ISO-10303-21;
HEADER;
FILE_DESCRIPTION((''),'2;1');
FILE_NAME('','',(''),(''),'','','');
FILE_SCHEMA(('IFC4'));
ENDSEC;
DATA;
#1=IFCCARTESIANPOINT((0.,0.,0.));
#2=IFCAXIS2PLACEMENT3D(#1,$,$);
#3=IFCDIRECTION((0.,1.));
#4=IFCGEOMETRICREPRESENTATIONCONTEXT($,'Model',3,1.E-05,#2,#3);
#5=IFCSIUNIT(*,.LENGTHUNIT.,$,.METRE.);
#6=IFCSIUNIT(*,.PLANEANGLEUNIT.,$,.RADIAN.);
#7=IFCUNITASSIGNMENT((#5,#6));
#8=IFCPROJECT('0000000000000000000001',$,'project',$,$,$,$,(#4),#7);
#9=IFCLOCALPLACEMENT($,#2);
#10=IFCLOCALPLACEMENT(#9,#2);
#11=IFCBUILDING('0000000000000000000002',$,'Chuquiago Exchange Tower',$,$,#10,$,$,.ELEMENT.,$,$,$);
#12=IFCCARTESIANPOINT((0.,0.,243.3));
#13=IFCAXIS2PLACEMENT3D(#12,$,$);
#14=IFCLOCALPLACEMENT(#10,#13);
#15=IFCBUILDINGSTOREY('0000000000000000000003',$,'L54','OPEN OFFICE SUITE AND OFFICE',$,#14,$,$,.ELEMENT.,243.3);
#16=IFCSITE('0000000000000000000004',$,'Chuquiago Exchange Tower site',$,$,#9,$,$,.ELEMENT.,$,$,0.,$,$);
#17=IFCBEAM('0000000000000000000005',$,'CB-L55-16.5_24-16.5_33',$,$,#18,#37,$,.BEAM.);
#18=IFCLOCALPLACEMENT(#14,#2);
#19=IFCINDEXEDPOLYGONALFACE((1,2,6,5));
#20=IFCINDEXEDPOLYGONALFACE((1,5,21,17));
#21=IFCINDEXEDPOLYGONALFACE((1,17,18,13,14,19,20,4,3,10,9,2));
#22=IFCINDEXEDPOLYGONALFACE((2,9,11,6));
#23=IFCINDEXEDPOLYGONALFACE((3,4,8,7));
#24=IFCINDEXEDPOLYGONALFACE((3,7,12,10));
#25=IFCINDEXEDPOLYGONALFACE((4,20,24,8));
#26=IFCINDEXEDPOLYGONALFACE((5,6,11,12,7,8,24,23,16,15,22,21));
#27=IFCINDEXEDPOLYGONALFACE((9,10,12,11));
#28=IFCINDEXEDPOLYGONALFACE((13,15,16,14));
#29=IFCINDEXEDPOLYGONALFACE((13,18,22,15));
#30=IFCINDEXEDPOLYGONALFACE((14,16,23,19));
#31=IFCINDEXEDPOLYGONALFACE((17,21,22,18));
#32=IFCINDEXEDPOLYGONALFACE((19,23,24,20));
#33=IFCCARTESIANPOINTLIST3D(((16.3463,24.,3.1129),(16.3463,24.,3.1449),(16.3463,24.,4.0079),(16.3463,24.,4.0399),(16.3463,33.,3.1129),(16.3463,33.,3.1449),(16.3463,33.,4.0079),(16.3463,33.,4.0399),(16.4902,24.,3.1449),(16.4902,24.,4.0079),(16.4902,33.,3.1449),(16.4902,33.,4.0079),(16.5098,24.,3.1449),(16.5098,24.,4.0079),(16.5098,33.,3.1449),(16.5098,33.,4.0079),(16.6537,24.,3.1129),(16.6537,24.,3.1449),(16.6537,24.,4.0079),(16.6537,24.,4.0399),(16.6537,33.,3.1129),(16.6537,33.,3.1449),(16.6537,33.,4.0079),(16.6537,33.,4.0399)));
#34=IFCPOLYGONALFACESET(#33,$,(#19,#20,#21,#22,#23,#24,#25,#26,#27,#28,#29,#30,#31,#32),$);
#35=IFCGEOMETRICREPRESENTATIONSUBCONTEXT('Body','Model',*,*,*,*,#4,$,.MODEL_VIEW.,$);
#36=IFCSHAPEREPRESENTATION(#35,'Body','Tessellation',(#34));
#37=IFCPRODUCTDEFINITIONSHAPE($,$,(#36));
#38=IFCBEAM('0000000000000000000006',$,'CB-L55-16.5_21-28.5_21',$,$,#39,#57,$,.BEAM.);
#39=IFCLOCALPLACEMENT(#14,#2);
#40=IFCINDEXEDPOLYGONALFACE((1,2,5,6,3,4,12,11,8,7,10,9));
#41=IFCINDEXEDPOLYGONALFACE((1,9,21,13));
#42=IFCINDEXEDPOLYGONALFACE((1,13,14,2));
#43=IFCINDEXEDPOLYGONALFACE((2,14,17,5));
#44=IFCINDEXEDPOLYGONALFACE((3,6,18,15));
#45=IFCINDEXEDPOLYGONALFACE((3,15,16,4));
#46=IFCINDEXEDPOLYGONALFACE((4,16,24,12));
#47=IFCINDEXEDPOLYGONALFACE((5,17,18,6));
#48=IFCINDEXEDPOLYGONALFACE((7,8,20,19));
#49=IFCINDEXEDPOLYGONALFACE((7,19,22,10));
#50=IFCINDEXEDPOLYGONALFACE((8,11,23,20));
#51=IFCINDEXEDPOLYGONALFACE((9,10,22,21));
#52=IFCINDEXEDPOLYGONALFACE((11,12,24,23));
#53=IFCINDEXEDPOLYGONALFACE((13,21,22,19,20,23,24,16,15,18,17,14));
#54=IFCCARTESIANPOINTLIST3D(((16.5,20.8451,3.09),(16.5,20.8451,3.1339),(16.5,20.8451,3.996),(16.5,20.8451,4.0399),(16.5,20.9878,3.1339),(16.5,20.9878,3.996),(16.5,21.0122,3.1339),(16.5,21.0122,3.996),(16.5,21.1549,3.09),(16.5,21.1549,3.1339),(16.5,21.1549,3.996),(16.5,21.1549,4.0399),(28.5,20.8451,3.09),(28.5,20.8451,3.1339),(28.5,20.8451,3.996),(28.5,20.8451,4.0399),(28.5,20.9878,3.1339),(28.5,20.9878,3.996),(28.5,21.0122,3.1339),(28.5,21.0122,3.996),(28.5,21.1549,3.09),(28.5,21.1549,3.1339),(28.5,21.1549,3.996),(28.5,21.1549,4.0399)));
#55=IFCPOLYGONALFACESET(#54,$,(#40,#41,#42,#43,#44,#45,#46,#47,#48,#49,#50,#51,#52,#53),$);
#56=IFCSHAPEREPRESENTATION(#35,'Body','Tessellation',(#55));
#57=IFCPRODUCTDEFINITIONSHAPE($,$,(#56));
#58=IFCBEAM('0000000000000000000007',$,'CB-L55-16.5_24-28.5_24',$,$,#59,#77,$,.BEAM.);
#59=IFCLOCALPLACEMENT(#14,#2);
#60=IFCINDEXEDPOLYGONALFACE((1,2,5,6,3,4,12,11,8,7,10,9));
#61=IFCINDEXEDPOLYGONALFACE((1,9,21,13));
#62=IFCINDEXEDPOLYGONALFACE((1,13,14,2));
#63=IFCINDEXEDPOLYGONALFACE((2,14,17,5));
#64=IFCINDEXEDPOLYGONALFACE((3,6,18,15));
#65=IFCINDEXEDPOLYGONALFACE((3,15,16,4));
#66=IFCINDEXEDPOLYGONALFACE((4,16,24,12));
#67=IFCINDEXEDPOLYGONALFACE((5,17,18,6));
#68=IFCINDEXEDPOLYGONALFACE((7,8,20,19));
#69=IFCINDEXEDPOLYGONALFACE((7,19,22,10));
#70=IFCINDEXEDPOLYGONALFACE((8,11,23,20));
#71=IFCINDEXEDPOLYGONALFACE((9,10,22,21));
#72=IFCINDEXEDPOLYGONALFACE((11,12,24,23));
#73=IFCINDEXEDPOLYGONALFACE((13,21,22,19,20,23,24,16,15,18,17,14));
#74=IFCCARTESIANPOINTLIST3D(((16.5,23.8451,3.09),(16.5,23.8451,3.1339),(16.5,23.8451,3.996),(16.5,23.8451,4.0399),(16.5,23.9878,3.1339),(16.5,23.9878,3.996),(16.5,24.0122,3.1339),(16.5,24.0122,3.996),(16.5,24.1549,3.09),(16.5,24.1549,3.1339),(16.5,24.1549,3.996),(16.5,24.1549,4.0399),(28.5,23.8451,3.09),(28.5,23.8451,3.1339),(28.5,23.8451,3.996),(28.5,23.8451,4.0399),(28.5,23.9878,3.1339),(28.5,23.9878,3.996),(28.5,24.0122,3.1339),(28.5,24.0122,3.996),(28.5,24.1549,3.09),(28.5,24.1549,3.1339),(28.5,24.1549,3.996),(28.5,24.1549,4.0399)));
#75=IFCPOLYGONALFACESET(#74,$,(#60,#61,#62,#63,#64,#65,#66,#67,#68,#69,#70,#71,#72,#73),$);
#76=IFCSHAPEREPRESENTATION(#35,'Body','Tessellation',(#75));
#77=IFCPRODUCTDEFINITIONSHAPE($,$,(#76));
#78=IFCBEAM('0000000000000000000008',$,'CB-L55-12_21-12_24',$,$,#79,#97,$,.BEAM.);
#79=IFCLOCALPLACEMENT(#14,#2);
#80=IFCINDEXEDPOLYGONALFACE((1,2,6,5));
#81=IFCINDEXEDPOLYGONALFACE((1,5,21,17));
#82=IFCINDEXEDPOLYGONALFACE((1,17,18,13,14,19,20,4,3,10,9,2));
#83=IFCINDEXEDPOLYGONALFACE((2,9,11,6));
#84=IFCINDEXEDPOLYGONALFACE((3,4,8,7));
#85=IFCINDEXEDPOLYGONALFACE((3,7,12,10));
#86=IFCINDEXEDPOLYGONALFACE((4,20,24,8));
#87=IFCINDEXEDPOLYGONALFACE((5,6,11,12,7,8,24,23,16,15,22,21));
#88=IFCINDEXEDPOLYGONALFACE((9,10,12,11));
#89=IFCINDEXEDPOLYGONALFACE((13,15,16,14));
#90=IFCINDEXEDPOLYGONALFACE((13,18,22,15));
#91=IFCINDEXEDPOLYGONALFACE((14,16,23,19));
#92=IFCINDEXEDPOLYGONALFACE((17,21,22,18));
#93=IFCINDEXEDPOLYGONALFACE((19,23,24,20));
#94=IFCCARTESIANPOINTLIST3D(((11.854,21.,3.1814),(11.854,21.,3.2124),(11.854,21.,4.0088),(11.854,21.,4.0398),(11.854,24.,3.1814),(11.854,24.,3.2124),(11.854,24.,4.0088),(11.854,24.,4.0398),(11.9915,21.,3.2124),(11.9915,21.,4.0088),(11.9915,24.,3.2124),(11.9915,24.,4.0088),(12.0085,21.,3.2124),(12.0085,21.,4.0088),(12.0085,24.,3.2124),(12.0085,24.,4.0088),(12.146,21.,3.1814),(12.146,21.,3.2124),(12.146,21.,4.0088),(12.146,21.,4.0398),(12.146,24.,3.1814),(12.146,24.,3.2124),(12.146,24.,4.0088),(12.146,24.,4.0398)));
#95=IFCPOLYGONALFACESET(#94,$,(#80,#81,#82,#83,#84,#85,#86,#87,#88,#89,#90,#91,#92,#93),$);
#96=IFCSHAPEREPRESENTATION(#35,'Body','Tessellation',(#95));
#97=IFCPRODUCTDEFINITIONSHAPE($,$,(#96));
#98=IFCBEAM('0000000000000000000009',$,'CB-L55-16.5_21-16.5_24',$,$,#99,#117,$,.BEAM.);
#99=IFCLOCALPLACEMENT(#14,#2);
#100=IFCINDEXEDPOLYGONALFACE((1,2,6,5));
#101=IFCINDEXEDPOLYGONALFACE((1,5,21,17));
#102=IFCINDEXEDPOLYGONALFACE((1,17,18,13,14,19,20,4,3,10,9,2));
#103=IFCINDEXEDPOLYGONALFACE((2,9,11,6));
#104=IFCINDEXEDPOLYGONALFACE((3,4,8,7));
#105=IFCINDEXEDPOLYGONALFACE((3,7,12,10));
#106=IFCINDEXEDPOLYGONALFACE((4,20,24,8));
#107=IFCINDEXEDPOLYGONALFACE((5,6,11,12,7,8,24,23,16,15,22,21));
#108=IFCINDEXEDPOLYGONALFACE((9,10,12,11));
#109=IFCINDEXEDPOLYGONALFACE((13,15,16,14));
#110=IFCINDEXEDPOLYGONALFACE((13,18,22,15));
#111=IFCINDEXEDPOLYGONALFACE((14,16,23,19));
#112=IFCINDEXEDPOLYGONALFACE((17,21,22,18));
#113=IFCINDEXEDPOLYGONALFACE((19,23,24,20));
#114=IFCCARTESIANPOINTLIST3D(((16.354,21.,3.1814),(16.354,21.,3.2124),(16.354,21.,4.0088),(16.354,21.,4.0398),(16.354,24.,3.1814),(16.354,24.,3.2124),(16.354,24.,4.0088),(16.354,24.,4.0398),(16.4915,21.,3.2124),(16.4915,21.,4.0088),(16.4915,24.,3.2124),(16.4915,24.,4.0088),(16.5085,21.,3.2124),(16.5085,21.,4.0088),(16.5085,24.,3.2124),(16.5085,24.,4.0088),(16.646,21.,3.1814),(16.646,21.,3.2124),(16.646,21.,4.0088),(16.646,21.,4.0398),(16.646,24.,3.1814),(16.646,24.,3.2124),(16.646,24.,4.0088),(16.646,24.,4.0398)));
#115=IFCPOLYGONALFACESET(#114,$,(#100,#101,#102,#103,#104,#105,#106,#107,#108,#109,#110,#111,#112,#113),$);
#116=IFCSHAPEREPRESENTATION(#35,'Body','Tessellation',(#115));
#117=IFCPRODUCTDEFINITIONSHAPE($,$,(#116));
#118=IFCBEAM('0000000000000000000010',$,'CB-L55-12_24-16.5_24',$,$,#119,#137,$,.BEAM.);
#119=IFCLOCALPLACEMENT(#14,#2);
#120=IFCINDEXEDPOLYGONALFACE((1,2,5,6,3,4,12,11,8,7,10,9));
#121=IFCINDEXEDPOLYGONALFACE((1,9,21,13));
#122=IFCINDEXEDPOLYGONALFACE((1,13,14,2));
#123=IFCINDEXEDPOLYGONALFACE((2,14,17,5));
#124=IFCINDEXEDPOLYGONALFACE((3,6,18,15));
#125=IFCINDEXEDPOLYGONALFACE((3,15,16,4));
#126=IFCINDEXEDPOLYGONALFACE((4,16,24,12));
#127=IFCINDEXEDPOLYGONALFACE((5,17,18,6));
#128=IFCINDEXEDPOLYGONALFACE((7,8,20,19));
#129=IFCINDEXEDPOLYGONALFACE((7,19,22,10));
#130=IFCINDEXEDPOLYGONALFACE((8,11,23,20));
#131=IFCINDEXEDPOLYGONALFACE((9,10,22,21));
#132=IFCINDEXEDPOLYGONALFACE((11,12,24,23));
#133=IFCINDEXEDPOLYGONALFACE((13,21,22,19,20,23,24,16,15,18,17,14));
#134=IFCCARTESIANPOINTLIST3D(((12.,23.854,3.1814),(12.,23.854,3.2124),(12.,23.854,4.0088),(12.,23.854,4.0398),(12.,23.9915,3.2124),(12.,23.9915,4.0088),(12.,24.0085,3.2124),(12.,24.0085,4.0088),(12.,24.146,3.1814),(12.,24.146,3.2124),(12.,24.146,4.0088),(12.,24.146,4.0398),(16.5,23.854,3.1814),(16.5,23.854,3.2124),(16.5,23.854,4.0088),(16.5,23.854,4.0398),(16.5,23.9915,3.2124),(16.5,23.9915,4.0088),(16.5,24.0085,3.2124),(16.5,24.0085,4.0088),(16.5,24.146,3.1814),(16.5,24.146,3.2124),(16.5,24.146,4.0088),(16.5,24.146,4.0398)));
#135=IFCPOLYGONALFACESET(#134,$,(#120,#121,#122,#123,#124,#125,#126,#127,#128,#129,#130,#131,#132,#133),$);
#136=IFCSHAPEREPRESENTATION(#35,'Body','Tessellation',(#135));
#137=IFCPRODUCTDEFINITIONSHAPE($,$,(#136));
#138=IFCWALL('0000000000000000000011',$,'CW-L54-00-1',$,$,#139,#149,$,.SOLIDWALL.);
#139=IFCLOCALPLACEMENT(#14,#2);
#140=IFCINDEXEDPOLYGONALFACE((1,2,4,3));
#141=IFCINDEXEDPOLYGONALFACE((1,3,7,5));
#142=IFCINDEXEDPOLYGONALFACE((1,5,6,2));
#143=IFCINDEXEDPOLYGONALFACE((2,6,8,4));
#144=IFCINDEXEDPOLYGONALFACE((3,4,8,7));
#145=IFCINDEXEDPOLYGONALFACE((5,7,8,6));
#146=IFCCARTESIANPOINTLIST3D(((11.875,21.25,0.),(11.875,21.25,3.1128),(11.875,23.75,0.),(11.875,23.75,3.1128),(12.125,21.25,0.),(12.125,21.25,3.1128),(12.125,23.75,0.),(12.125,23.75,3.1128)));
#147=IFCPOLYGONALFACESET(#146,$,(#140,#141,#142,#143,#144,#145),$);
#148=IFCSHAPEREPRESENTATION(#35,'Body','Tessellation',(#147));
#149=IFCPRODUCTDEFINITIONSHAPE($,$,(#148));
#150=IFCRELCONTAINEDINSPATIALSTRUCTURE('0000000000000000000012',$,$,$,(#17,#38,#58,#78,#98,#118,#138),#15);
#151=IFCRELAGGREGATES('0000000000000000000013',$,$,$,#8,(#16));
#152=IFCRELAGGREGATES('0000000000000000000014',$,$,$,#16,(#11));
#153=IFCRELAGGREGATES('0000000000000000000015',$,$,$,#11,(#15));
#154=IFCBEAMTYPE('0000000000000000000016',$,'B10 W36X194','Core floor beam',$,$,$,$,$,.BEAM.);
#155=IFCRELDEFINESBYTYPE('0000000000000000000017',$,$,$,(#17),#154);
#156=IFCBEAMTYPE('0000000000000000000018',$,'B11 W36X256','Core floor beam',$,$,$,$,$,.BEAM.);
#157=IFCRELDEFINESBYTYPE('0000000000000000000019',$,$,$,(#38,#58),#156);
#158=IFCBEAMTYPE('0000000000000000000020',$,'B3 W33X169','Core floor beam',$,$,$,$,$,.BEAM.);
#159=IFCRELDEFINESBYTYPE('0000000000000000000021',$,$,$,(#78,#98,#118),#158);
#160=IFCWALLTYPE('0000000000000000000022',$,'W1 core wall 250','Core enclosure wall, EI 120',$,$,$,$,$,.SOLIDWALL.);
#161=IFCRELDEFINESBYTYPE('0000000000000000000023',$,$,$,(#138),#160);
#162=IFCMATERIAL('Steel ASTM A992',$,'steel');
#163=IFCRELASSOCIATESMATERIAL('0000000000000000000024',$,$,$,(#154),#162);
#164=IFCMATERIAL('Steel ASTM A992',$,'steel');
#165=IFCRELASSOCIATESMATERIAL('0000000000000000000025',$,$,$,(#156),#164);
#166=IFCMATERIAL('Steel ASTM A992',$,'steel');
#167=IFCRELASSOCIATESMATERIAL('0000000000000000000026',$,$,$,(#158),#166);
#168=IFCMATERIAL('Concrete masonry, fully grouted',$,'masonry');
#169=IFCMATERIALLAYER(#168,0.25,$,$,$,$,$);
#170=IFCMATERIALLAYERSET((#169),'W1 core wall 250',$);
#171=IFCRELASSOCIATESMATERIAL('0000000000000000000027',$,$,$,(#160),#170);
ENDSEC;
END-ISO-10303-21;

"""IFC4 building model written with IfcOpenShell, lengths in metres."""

from ifc_helpers import new_model, si_unit, direction, frame, frame_2d, origin, origin_2d, place, context, subcontext, project, spatial, rectangle, i_section, extrude, material, layer, layer_set, material_profile, profile_set, type_object, element, save


model = new_model("IFC4")

# Units and contexts
model_context = context("Model", 3, precision=1e-05, world=origin(), true_north=direction((0.0, 1.0)))
body_context = subcontext(model_context, "Body", "Model", "MODEL_VIEW")
ifc_project = project(units=[si_unit("LENGTHUNIT", "METRE"), si_unit("PLANEANGLEUNIT", "RADIAN")], contexts=[model_context])

# Site, building, storey
site_placement = place(None, origin())
site = spatial("IfcSite", under=ifc_project, at=site_placement, Name="Chuquiago Exchange Tower site", CompositionType="ELEMENT", RefElevation=0.0)
building_placement = place(site_placement, origin())
building = spatial("IfcBuilding", under=site, at=building_placement, Name="Chuquiago Exchange Tower", CompositionType="ELEMENT")
storey_placement = place(building_placement, frame((0.0, 0.0, 243.3)))
storey = spatial("IfcBuildingStorey", under=building, at=storey_placement, Name="L54", Description="OPEN OFFICE SUITE AND OFFICE", CompositionType="ELEMENT", Elevation=243.3)

# Beams
ifc_material_1 = material(Name="Steel ASTM A992", Category="steel")
ifc_material_profile_1 = material_profile(ifc_material_1, i_section(OverallWidth=0.3074, OverallDepth=0.927, WebThickness=0.0195, FlangeThickness=0.032, at=origin_2d()), Name="W36X194")
ifc_profile_set_1 = profile_set([ifc_material_profile_1], Name="Steel ASTM A992")
beam_type_1 = type_object("IfcBeamType", Name="B10 W36X194", Description="Core floor beam", PredefinedType="BEAM", material=ifc_profile_set_1)
for number, where, z_axis, x_axis, name in (
    (1, (16.5, 24.0, 3.5764), (0.0, 1.0, 0.0), (-1.0, 0.0, 0.0), "CB-L55-16.5_24-16.5_33"),
):
    element("IfcBeam", number, at=place(storey_placement, frame(where, z_axis=z_axis, x_axis=x_axis)), inside=storey, type_object=beam_type_1, Name=name, PredefinedType="BEAM", context=body_context, shape_type="SweptSolid", body=[
        extrude(i_section(OverallWidth=0.3074, OverallDepth=0.927, WebThickness=0.0195, FlangeThickness=0.032, at=origin_2d()), origin(), (0.0, 0.0, 1.0), 9.0),
    ])
ifc_material_2 = material(Name="Steel ASTM A992", Category="steel")
ifc_material_profile_2 = material_profile(ifc_material_2, i_section(OverallWidth=0.3098, OverallDepth=0.95, WebThickness=0.0244, FlangeThickness=0.0439, at=origin_2d()), Name="W36X256")
ifc_profile_set_2 = profile_set([ifc_material_profile_2], Name="Steel ASTM A992")
beam_type_2 = type_object("IfcBeamType", Name="B11 W36X256", Description="Core floor beam", PredefinedType="BEAM", material=ifc_profile_set_2)
for number, where, z_axis, x_axis, name in (
    (2, (16.5, 21.0, 3.5649), (1.0, 0.0, 0.0), (0.0, 1.0, 0.0), "CB-L55-16.5_21-28.5_21"),
    (3, (16.5, 24.0, 3.5649), (1.0, 0.0, 0.0), (0.0, 1.0, 0.0), "CB-L55-16.5_24-28.5_24"),
):
    element("IfcBeam", number, at=place(storey_placement, frame(where, z_axis=z_axis, x_axis=x_axis)), inside=storey, type_object=beam_type_2, Name=name, PredefinedType="BEAM", context=body_context, shape_type="SweptSolid", body=[
        extrude(i_section(OverallWidth=0.3098, OverallDepth=0.95, WebThickness=0.0244, FlangeThickness=0.0439, at=origin_2d()), origin(), (0.0, 0.0, 1.0), 12.0),
    ])
ifc_material_3 = material(Name="Steel ASTM A992", Category="steel")
ifc_material_profile_3 = material_profile(ifc_material_3, i_section(OverallWidth=0.292, OverallDepth=0.8584, WebThickness=0.0171, FlangeThickness=0.031, at=origin_2d()), Name="W33X169")
ifc_profile_set_3 = profile_set([ifc_material_profile_3], Name="Steel ASTM A992")
beam_type_3 = type_object("IfcBeamType", Name="B3 W33X169", Description="Core floor beam", PredefinedType="BEAM", material=ifc_profile_set_3)
for number, where, z_axis, x_axis, name in (
    (4, (12.0, 21.0, 3.6106), (0.0, 1.0, 0.0), (-1.0, 0.0, 0.0), "CB-L55-12_21-12_24"),
    (5, (16.5, 21.0, 3.6106), (0.0, 1.0, 0.0), (-1.0, 0.0, 0.0), "CB-L55-16.5_21-16.5_24"),
):
    element("IfcBeam", number, at=place(storey_placement, frame(where, z_axis=z_axis, x_axis=x_axis)), inside=storey, type_object=beam_type_3, Name=name, PredefinedType="BEAM", context=body_context, shape_type="SweptSolid", body=[
        extrude(i_section(OverallWidth=0.292, OverallDepth=0.8584, WebThickness=0.0171, FlangeThickness=0.031, at=origin_2d()), origin(), (0.0, 0.0, 1.0), 3.0),
    ])
beam_placement = place(storey_placement, frame((12.0, 24.0, 3.6106), z_axis=(1.0, 0.0, 0.0), x_axis=(0.0, 1.0, 0.0)))
element("IfcBeam", 6, at=beam_placement, inside=storey, type_object=beam_type_3, Name="CB-L55-12_24-16.5_24", PredefinedType="BEAM", context=body_context, shape_type="SweptSolid", body=[
    extrude(i_section(OverallWidth=0.292, OverallDepth=0.8584, WebThickness=0.0171, FlangeThickness=0.031, at=origin_2d()), origin(), (0.0, 0.0, 1.0), 4.5),
])

# Wall
ifc_material_4 = material(Name="Concrete masonry, fully grouted", Category="masonry")
ifc_layer_1 = layer(ifc_material_4, 0.25)
ifc_layer_set_1 = layer_set([ifc_layer_1], Name="W1 core wall 250")
wall_type_1 = type_object("IfcWallType", Name="W1 core wall 250", Description="Core enclosure wall, EI 120", PredefinedType="SOLIDWALL", material=ifc_layer_set_1)
wall_1_placement = place(storey_placement, frame((12.0, 21.25, 0.0), z_axis=(0.0, 0.0, 1.0), x_axis=(0.0, 1.0, 0.0)))
element("IfcWall", 7, at=wall_1_placement, inside=storey, type_object=wall_type_1, Name="CW-L54-00-1", PredefinedType="SOLIDWALL", context=body_context, shape_type="SweptSolid", body=[
    extrude(rectangle(XDim=2.5, YDim=0.25, at=frame_2d((1.25, 0.0))), origin(), (0.0, 0.0, 1.0), 3.1128),
])

save(model, "model.ifc")
